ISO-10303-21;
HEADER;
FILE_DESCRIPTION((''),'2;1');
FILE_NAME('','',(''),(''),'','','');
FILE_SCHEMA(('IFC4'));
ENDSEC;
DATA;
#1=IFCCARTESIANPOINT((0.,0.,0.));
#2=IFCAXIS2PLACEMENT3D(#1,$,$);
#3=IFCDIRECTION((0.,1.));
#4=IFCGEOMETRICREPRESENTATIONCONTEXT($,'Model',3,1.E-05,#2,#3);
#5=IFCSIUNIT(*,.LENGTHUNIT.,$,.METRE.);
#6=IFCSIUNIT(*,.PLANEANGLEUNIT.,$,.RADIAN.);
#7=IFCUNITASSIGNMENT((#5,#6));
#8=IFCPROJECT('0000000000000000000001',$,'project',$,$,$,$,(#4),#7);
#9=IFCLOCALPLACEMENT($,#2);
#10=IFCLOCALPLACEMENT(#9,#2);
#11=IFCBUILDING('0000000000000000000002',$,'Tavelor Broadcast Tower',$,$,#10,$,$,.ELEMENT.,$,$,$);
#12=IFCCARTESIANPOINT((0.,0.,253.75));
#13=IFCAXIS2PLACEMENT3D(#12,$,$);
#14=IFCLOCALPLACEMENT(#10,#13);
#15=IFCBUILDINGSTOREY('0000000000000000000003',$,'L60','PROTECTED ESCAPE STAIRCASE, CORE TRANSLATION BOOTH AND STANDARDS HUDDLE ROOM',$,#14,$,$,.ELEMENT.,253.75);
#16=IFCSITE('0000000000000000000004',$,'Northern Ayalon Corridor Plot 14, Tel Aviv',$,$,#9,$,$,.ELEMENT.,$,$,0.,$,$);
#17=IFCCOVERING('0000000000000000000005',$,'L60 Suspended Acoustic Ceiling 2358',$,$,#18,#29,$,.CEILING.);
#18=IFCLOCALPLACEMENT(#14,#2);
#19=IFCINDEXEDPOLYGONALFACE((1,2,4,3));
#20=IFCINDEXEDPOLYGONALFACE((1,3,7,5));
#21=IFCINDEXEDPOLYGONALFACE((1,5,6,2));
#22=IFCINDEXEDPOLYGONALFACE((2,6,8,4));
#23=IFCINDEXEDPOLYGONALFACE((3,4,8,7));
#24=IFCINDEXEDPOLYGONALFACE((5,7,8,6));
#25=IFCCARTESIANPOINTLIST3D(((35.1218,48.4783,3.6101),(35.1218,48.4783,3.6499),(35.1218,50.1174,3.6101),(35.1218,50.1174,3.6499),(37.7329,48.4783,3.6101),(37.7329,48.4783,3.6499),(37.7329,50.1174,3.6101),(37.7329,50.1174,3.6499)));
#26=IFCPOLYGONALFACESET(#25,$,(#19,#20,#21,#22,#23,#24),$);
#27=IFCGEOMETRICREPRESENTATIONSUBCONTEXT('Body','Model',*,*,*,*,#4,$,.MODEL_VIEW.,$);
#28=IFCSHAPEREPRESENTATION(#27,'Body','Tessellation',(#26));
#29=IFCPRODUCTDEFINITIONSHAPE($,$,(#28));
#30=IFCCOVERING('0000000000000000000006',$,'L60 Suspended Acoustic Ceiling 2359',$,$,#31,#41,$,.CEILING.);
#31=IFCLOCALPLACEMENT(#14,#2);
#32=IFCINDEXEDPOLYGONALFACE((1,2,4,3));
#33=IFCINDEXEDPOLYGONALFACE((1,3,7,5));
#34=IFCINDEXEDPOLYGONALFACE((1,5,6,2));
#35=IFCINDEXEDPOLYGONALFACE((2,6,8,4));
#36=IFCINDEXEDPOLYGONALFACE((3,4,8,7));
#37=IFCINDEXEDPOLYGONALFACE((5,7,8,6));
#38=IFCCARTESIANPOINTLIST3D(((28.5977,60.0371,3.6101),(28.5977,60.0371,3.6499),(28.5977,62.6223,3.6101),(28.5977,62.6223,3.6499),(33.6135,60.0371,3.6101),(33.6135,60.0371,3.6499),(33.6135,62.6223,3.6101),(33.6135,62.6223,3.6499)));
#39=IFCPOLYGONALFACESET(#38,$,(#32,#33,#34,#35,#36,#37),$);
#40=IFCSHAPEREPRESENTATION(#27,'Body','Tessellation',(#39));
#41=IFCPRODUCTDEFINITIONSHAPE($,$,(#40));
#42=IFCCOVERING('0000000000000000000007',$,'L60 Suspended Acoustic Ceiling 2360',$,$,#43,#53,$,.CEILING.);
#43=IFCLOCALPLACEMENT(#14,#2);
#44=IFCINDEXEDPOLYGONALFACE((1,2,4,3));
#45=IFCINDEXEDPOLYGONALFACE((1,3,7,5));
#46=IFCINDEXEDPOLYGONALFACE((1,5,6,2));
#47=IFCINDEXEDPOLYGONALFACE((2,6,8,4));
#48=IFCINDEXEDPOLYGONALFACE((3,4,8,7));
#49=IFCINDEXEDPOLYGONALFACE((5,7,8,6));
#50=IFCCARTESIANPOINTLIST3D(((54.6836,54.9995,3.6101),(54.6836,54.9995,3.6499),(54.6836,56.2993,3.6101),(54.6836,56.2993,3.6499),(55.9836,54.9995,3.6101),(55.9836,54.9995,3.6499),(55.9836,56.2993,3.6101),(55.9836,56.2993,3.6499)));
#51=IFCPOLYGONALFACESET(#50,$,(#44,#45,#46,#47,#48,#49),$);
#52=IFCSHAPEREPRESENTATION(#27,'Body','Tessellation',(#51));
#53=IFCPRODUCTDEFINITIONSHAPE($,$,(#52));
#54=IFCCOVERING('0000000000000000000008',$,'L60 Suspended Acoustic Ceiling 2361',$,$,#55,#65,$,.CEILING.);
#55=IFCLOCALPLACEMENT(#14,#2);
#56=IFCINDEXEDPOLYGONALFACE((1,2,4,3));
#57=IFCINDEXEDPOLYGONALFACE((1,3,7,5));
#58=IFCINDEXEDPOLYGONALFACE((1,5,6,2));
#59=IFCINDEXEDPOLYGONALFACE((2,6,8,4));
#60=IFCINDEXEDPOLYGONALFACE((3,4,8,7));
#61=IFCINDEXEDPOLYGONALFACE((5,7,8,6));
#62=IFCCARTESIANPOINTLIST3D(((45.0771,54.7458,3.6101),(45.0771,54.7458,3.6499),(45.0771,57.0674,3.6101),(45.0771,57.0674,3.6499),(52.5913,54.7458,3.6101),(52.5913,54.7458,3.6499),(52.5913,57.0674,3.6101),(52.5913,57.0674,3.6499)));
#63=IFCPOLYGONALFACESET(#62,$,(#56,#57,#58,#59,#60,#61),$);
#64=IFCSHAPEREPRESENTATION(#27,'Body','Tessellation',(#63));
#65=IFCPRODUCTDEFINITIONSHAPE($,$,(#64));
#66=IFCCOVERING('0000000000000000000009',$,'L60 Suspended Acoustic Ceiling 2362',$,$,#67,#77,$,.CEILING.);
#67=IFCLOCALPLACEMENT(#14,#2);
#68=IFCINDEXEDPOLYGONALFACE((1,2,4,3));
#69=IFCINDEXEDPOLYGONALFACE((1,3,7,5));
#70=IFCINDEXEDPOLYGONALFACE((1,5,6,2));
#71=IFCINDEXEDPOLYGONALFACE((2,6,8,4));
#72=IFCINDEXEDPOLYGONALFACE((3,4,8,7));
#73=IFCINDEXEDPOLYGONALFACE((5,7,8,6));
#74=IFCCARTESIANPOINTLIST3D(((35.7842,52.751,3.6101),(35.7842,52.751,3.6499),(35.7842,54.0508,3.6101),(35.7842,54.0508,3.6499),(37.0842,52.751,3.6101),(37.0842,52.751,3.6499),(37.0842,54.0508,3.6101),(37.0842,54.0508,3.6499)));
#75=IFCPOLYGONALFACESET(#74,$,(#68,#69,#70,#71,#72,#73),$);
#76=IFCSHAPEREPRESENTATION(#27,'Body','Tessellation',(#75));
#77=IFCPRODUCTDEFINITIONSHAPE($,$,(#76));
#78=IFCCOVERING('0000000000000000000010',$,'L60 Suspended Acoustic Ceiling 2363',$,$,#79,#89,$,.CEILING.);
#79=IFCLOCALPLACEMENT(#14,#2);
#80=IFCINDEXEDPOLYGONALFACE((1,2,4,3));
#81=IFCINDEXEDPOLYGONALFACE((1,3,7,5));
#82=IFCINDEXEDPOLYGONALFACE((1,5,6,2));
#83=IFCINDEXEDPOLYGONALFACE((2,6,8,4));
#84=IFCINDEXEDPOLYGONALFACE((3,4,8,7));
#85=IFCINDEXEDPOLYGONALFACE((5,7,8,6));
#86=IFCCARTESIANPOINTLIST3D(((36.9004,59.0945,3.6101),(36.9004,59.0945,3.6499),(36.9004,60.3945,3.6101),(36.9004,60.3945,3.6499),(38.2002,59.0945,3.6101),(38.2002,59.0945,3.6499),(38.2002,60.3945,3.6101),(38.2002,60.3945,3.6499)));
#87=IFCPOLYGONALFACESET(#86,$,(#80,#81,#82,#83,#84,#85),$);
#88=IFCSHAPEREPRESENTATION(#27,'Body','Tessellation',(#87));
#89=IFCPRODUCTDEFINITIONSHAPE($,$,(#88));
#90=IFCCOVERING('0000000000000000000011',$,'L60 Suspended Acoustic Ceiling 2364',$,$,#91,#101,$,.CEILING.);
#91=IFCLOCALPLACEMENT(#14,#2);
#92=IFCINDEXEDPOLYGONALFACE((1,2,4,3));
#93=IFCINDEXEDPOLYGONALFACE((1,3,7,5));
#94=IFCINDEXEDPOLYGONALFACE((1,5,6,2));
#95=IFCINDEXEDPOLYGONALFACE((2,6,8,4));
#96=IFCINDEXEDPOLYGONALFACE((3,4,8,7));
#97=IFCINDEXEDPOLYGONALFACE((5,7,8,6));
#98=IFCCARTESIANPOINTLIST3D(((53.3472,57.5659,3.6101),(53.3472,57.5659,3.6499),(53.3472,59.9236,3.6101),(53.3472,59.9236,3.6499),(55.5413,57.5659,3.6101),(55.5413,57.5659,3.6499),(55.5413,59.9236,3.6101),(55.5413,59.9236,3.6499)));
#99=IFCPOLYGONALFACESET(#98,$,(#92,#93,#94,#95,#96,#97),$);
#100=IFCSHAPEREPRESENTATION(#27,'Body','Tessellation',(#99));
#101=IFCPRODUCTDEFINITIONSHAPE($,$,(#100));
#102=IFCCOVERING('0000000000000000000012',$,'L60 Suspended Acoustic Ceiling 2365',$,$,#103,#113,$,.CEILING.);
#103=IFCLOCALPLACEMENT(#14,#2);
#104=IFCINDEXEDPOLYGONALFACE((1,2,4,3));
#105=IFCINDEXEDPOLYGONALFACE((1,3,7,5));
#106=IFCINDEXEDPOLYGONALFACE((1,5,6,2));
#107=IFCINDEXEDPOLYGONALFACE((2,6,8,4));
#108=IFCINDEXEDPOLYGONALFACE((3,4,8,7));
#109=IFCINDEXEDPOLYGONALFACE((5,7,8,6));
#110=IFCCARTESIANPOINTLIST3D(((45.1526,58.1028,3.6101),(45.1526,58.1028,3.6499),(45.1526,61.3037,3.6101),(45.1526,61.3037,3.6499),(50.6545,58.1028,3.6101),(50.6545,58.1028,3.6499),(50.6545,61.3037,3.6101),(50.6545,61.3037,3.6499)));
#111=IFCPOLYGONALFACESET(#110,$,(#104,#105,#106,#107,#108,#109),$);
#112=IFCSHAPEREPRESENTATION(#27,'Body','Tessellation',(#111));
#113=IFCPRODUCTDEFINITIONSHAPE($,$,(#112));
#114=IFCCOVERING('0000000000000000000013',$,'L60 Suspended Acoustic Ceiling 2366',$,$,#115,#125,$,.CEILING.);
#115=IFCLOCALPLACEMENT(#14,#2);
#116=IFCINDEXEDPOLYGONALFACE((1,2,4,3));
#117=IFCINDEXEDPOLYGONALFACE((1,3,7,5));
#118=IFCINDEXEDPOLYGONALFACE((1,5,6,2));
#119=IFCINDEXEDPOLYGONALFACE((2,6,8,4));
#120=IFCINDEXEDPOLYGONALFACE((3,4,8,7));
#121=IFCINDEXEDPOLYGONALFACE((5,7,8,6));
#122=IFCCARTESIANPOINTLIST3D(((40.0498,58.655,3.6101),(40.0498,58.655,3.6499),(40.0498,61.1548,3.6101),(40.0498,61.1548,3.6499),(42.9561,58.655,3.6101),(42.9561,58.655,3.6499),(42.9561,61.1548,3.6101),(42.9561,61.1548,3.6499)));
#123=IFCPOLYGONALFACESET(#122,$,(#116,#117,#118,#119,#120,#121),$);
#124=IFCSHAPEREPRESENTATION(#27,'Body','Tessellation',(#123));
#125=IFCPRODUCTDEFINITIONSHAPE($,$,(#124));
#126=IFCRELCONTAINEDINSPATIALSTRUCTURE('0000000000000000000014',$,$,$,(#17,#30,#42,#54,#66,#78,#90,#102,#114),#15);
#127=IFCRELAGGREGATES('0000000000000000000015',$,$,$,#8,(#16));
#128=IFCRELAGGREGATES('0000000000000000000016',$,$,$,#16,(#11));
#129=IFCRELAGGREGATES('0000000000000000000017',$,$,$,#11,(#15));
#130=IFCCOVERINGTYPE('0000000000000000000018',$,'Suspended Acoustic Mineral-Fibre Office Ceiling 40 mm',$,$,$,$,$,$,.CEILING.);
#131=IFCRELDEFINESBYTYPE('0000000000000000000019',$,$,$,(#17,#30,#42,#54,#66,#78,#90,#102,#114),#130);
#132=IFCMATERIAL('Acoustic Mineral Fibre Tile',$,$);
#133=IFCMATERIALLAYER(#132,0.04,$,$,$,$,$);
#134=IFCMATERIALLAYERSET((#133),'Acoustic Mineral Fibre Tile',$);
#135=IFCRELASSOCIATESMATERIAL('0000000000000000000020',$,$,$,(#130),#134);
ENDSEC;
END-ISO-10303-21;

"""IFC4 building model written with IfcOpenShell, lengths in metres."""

from ifc_helpers import new_model, si_unit, direction, frame, origin, place, context, subcontext, project, spatial, polyline, outline, extrude, material, layer, layer_set, type_object, element, save


model = new_model("IFC4")

# Units and contexts
model_context = context("Model", 3, precision=1e-05, world=origin(), true_north=direction((0.0, 1.0)))
body_context = subcontext(model_context, "Body", "Model", "MODEL_VIEW")
ifc_project = project(units=[si_unit("LENGTHUNIT", "METRE"), si_unit("PLANEANGLEUNIT", "RADIAN")], contexts=[model_context])

# Site, building, storey
site_placement = place(None, origin())
site = spatial("IfcSite", under=ifc_project, at=site_placement, Name="Northern Ayalon Corridor Plot 14, Tel Aviv", CompositionType="ELEMENT", RefElevation=0.0)
building_placement = place(site_placement, origin())
building = spatial("IfcBuilding", under=site, at=building_placement, Name="Tavelor Broadcast Tower", CompositionType="ELEMENT")
storey_placement = place(building_placement, frame((0.0, 0.0, 253.75)))
storey = spatial("IfcBuildingStorey", under=building, at=storey_placement, Name="L60", Description="PROTECTED ESCAPE STAIRCASE, CORE TRANSLATION BOOTH AND STANDARDS HUDDLE ROOM", CompositionType="ELEMENT", Elevation=253.75)

# Coverings
ifc_material_1 = material(Name="Acoustic Mineral Fibre Tile")
ifc_layer_1 = layer(ifc_material_1, 0.04)
ifc_layer_set_1 = layer_set([ifc_layer_1], Name="Acoustic Mineral Fibre Tile")
covering_type_1 = type_object("IfcCoveringType", Name="Suspended Acoustic Mineral-Fibre Office Ceiling 40 mm", PredefinedType="CEILING", material=ifc_layer_set_1)
covering_1_placement = place(storey_placement, frame((0.0, 0.0, 3.6101)))
element("IfcCovering", 1, at=covering_1_placement, inside=storey, type_object=covering_type_1, Name="L60 Suspended Acoustic Ceiling 2358", PredefinedType="CEILING", context=body_context, shape_type="SweptSolid", body=[
    extrude(outline(polyline([(35.1218, 48.4783), (37.7329, 48.4783), (37.7329, 50.1174), (35.1218, 50.1174), (35.1218, 48.4783)])), origin(), (0.0, 0.0, 1.0), 0.0398),
])
covering_2_placement = place(storey_placement, frame((0.0, 0.0, 3.6101)))
element("IfcCovering", 2, at=covering_2_placement, inside=storey, type_object=covering_type_1, Name="L60 Suspended Acoustic Ceiling 2359", PredefinedType="CEILING", context=body_context, shape_type="SweptSolid", body=[
    extrude(outline(polyline([(28.5977, 60.0371), (33.6135, 60.0371), (33.6135, 62.6223), (28.5977, 62.6223), (28.5977, 60.0371)])), origin(), (0.0, 0.0, 1.0), 0.0398),
])
covering_3_placement = place(storey_placement, frame((0.0, 0.0, 3.6101)))
element("IfcCovering", 3, at=covering_3_placement, inside=storey, type_object=covering_type_1, Name="L60 Suspended Acoustic Ceiling 2360", PredefinedType="CEILING", context=body_context, shape_type="SweptSolid", body=[
    extrude(outline(polyline([(54.6836, 54.9995), (55.9836, 54.9995), (55.9836, 56.2993), (54.6836, 56.2993), (54.6836, 54.9995)])), origin(), (0.0, 0.0, 1.0), 0.0398),
])
covering_4_placement = place(storey_placement, frame((0.0, 0.0, 3.6101)))
element("IfcCovering", 4, at=covering_4_placement, inside=storey, type_object=covering_type_1, Name="L60 Suspended Acoustic Ceiling 2361", PredefinedType="CEILING", context=body_context, shape_type="SweptSolid", body=[
    extrude(outline(polyline([(45.0771, 54.7458), (52.5913, 54.7458), (52.5913, 57.0674), (45.0771, 57.0674), (45.0771, 54.7458)])), origin(), (0.0, 0.0, 1.0), 0.0398),
])
covering_5_placement = place(storey_placement, frame((0.0, 0.0, 3.6101)))
element("IfcCovering", 5, at=covering_5_placement, inside=storey, type_object=covering_type_1, Name="L60 Suspended Acoustic Ceiling 2362", PredefinedType="CEILING", context=body_context, shape_type="SweptSolid", body=[
    extrude(outline(polyline([(35.7842, 52.751), (37.0842, 52.751), (37.0842, 54.0508), (35.7842, 54.0508), (35.7842, 52.751)])), origin(), (0.0, 0.0, 1.0), 0.0398),
])
covering_6_placement = place(storey_placement, frame((0.0, 0.0, 3.6101)))
element("IfcCovering", 6, at=covering_6_placement, inside=storey, type_object=covering_type_1, Name="L60 Suspended Acoustic Ceiling 2363", PredefinedType="CEILING", context=body_context, shape_type="SweptSolid", body=[
    extrude(outline(polyline([(36.9004, 59.0945), (38.2002, 59.0945), (38.2002, 60.3945), (36.9004, 60.3945), (36.9004, 59.0945)])), origin(), (0.0, 0.0, 1.0), 0.0398),
])
covering_7_placement = place(storey_placement, frame((0.0, 0.0, 3.6101)))
element("IfcCovering", 7, at=covering_7_placement, inside=storey, type_object=covering_type_1, Name="L60 Suspended Acoustic Ceiling 2364", PredefinedType="CEILING", context=body_context, shape_type="SweptSolid", body=[
    extrude(outline(polyline([(53.3472, 57.5659), (55.5413, 57.5659), (55.5413, 59.9236), (53.3472, 59.9236), (53.3472, 57.5659)])), origin(), (0.0, 0.0, 1.0), 0.0398),
])
covering_8_placement = place(storey_placement, frame((0.0, 0.0, 3.6101)))
element("IfcCovering", 8, at=covering_8_placement, inside=storey, type_object=covering_type_1, Name="L60 Suspended Acoustic Ceiling 2365", PredefinedType="CEILING", context=body_context, shape_type="SweptSolid", body=[
    extrude(outline(polyline([(45.1526, 58.1028), (50.6545, 58.1028), (50.6545, 61.3037), (45.1526, 61.3037), (45.1526, 58.1028)])), origin(), (0.0, 0.0, 1.0), 0.0398),
])
covering_9_placement = place(storey_placement, frame((0.0, 0.0, 3.6101)))
element("IfcCovering", 9, at=covering_9_placement, inside=storey, type_object=covering_type_1, Name="L60 Suspended Acoustic Ceiling 2366", PredefinedType="CEILING", context=body_context, shape_type="SweptSolid", body=[
    extrude(outline(polyline([(40.0498, 58.655), (42.9561, 58.655), (42.9561, 61.1548), (40.0498, 61.1548), (40.0498, 58.655)])), origin(), (0.0, 0.0, 1.0), 0.0398),
])

save(model, "model.ifc")
